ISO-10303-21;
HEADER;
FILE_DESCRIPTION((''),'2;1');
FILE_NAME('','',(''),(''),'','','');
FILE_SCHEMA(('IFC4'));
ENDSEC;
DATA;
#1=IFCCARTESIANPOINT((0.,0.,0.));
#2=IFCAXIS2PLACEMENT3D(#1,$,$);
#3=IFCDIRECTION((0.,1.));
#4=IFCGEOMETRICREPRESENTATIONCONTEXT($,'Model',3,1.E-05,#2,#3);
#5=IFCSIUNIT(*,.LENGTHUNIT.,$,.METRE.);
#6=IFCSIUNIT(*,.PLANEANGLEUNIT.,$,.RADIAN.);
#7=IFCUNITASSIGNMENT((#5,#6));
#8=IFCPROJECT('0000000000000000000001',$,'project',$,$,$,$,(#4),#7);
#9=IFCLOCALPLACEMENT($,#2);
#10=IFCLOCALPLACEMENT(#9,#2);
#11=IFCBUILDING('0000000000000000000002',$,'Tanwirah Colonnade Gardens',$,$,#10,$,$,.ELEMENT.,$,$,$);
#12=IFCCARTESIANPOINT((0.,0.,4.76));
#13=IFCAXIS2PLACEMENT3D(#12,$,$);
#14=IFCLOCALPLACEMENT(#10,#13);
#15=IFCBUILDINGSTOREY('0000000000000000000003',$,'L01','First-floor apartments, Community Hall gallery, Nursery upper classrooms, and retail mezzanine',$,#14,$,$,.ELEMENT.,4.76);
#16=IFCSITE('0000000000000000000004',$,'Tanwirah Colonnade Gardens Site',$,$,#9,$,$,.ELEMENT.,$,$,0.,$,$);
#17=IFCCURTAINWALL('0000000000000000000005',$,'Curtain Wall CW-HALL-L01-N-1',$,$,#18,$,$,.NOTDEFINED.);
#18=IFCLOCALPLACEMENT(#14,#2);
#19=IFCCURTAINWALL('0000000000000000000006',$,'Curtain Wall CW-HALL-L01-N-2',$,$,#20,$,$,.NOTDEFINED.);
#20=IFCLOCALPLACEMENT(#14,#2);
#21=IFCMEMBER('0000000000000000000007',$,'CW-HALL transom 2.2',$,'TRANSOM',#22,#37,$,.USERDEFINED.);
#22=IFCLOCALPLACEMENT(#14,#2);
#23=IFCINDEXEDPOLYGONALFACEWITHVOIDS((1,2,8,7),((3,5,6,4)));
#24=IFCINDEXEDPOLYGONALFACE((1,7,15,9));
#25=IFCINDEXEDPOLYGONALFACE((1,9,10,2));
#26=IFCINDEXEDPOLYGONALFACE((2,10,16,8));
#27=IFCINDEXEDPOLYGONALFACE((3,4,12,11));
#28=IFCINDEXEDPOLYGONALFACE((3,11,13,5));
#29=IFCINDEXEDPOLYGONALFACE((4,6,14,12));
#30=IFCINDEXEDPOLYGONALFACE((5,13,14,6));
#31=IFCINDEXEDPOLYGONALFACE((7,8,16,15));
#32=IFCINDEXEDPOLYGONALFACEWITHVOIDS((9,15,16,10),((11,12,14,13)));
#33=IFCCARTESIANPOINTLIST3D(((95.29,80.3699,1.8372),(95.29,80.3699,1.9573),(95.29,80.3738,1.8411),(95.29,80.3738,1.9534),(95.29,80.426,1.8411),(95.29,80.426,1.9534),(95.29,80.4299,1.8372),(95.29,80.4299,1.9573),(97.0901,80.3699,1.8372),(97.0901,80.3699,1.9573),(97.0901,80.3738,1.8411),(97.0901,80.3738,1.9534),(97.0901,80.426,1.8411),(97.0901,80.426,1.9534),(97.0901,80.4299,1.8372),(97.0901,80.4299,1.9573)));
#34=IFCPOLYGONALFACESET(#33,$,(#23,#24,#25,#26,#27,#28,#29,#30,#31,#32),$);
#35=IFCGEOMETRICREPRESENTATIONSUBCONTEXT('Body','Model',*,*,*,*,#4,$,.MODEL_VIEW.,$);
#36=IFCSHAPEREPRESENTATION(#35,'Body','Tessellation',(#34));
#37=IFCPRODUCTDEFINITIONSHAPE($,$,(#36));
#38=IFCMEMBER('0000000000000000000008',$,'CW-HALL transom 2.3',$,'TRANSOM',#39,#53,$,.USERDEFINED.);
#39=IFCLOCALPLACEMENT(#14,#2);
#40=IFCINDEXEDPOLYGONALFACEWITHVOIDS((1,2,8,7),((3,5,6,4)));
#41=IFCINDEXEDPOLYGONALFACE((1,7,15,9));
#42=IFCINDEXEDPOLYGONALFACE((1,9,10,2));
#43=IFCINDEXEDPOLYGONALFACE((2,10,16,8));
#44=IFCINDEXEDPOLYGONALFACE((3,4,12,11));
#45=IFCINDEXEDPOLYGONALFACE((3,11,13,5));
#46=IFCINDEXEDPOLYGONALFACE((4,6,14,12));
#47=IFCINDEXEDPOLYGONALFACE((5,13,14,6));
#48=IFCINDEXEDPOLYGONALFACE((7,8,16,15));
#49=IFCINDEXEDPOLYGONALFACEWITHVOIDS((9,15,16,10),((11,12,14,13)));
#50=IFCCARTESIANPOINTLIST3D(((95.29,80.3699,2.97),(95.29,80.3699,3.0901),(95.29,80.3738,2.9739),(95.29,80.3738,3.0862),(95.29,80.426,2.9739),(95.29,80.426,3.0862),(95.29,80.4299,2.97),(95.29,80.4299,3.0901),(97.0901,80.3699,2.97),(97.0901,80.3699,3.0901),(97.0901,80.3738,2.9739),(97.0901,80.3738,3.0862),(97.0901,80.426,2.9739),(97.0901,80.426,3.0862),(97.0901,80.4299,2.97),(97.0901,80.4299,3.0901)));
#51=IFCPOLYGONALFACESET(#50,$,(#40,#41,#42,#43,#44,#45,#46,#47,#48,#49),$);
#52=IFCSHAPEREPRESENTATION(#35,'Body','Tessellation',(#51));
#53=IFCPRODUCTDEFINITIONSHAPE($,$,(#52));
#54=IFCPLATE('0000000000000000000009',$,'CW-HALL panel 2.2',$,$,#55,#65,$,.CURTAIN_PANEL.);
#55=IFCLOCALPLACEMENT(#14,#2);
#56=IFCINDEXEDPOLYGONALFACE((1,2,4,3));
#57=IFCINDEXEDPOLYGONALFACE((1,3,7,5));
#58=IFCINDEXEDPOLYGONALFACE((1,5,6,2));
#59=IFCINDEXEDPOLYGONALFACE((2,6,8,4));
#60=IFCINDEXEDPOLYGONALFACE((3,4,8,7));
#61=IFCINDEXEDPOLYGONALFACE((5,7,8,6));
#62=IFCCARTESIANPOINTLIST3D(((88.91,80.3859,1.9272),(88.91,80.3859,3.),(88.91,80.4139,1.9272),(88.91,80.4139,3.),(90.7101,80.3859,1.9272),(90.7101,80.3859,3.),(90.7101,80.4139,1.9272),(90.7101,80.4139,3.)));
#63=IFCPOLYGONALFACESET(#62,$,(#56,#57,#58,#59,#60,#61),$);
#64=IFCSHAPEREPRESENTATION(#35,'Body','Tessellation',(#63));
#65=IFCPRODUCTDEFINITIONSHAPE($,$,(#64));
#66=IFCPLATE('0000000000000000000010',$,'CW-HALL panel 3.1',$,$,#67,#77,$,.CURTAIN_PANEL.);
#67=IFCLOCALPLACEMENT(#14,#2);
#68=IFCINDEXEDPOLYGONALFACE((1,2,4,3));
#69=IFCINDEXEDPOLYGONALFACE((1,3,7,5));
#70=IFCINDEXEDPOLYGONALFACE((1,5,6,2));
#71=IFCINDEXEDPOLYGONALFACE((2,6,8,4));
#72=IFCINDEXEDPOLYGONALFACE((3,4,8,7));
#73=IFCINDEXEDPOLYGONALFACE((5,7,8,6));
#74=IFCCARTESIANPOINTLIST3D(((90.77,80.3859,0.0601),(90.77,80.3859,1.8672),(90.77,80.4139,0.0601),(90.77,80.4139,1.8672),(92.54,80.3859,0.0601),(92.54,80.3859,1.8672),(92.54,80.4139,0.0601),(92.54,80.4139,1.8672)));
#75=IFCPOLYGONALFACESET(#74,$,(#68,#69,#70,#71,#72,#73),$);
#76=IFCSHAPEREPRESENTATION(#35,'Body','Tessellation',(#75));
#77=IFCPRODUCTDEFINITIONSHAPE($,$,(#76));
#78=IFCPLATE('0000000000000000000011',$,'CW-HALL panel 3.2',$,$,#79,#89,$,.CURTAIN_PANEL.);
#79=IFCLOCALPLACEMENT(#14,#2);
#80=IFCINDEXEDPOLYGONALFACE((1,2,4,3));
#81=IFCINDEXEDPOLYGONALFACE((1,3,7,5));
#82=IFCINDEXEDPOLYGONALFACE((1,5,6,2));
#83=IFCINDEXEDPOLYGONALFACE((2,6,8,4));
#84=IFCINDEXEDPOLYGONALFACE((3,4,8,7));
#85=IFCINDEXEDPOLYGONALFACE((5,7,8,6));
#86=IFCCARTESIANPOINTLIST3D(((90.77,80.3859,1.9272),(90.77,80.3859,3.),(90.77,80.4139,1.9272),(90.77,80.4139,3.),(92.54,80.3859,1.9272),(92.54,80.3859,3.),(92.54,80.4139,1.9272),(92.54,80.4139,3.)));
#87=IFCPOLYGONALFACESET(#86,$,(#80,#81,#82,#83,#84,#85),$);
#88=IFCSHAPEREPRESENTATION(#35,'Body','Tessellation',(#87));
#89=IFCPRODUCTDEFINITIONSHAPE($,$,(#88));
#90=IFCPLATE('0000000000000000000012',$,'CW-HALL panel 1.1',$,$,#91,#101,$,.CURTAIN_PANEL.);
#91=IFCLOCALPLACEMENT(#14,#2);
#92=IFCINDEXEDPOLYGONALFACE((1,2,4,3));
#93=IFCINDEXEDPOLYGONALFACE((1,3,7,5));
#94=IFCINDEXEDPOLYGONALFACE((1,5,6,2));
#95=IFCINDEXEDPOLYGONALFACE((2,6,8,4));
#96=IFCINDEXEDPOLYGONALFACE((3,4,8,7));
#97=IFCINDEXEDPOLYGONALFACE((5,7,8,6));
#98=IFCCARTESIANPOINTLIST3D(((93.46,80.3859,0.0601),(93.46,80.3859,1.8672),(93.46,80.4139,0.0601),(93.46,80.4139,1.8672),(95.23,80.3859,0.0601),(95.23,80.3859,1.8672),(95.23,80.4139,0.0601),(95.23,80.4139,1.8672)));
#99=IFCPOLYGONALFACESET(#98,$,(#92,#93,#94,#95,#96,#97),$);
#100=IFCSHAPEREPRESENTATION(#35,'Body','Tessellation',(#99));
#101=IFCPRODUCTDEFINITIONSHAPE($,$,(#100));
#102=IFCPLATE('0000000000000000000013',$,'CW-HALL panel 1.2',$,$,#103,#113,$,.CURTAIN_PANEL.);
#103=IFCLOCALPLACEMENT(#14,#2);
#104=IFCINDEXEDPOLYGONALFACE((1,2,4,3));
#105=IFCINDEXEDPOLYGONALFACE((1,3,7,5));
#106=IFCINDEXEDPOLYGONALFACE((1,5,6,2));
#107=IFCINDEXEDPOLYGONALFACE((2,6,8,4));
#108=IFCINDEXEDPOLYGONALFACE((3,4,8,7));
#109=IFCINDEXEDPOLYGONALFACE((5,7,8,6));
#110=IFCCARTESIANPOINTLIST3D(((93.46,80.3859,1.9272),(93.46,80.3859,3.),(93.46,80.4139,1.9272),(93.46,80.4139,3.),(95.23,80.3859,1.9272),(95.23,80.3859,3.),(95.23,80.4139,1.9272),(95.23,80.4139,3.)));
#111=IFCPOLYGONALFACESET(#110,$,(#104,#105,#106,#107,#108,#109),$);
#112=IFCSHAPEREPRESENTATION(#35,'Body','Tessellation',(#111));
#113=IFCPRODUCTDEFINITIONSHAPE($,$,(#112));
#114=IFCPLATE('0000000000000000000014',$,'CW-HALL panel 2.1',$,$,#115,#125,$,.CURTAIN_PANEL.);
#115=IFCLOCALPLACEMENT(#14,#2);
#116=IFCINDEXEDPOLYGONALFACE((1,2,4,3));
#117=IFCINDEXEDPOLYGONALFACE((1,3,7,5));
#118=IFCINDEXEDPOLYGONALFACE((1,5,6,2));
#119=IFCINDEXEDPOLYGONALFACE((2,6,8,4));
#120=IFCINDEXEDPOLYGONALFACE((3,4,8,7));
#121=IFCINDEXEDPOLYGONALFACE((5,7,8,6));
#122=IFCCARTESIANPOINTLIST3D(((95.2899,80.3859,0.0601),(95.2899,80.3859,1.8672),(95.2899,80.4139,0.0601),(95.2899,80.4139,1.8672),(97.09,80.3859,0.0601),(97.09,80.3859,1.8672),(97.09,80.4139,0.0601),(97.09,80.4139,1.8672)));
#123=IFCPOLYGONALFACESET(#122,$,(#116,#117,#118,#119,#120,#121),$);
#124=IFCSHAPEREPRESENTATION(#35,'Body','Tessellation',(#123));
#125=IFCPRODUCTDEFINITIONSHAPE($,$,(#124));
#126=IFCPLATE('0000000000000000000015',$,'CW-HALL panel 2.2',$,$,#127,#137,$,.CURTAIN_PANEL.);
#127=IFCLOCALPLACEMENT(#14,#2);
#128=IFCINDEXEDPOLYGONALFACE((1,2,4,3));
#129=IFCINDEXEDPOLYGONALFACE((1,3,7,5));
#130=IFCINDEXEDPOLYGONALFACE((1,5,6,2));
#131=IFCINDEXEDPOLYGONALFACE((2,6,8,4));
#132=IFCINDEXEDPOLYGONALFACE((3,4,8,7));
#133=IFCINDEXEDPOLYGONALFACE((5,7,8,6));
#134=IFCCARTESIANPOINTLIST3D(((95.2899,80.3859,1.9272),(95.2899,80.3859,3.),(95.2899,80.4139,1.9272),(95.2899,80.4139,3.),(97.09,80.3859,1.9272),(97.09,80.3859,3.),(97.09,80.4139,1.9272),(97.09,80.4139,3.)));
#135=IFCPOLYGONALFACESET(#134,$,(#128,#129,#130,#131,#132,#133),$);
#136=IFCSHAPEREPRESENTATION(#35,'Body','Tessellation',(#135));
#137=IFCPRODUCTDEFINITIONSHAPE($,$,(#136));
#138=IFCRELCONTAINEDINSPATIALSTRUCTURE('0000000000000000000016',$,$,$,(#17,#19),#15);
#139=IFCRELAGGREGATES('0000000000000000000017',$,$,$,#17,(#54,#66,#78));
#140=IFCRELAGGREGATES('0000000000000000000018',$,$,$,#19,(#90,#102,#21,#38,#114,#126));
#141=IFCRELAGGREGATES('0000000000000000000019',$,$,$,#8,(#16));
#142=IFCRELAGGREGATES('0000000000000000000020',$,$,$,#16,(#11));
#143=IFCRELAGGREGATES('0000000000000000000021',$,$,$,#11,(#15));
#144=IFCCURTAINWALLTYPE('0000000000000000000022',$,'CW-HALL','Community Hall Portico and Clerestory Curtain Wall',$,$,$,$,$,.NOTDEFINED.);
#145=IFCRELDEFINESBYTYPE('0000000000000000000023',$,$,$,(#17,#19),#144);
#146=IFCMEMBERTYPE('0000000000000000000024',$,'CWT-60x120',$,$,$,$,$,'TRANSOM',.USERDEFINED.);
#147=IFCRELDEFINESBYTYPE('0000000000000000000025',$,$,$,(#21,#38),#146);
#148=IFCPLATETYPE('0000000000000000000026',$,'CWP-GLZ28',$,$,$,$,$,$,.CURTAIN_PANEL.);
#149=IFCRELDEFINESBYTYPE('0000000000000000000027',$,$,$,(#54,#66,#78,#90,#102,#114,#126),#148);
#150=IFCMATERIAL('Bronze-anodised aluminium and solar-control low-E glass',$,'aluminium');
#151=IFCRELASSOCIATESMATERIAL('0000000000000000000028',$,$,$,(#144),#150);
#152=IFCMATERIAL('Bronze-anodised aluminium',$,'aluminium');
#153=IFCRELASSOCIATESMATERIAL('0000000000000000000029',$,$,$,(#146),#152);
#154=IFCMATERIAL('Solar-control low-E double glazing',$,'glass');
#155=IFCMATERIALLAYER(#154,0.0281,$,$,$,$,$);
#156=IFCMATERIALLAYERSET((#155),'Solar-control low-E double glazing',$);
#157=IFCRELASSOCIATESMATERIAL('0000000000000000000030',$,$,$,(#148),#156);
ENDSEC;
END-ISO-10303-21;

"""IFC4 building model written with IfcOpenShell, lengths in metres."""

from ifc_helpers import new_model, si_unit, direction, frame, origin, origin_2d, place, context, subcontext, project, spatial, rectangle, hollow_rectangle, extrude, material, layer, layer_set, material_profile, profile_set, type_object, element, aggregate, save


model = new_model("IFC4")

# Units and contexts
model_context = context("Model", 3, precision=1e-05, world=origin(), true_north=direction((0.0, 1.0)))
body_context = subcontext(model_context, "Body", "Model", "MODEL_VIEW")
ifc_project = project(units=[si_unit("LENGTHUNIT", "METRE"), si_unit("PLANEANGLEUNIT", "RADIAN")], contexts=[model_context])

# Site, building, storey
site_placement = place(None, origin())
site = spatial("IfcSite", under=ifc_project, at=site_placement, Name="Tanwirah Colonnade Gardens Site", CompositionType="ELEMENT", RefElevation=0.0)
building_placement = place(site_placement, origin())
building = spatial("IfcBuilding", under=site, at=building_placement, Name="Tanwirah Colonnade Gardens", CompositionType="ELEMENT")
storey_placement = place(building_placement, frame((0.0, 0.0, 4.76)))
storey = spatial("IfcBuildingStorey", under=building, at=storey_placement, Name="L01", Description="First-floor apartments, Community Hall gallery, Nursery upper classrooms, and retail mezzanine", CompositionType="ELEMENT", Elevation=4.76)

# Curtain walls
ifc_material_1 = material(Name="Bronze-anodised aluminium and solar-control low-E glass", Category="aluminium")
curtain_wall_type = type_object("IfcCurtainWallType", Name="CW-HALL", Description="Community Hall Portico and Clerestory Curtain Wall", PredefinedType="NOTDEFINED", material=ifc_material_1)
curtain_wall_1_placement = place(storey_placement, origin())
curtain_wall_1 = element("IfcCurtainWall", 1, at=curtain_wall_1_placement, inside=storey, type_object=curtain_wall_type, Name="Curtain Wall CW-HALL-L01-N-1", PredefinedType="NOTDEFINED")
ifc_material_2 = material(Name="Bronze-anodised aluminium", Category="aluminium")
curtain_wall_2_placement = place(storey_placement, origin())
curtain_wall_2 = element("IfcCurtainWall", 2, at=curtain_wall_2_placement, inside=storey, type_object=curtain_wall_type, Name="Curtain Wall CW-HALL-L01-N-2", PredefinedType="NOTDEFINED")

# Members
ifc_material_profile_1 = material_profile(ifc_material_2, hollow_rectangle(XDim=0.0601, YDim=0.1201, WallThickness=0.0039, at=origin_2d()), Name="CW-TRN 60x120x4")
ifc_profile_set_1 = profile_set([ifc_material_profile_1], Name="Bronze-anodised aluminium")
member_type_1 = type_object("IfcMemberType", Name="CWT-60x120", ElementType="TRANSOM", PredefinedType="USERDEFINED", material=ifc_profile_set_1)
member_1_placement = place(storey_placement, frame((95.29, 80.3999, 1.8972), z_axis=(1.0, 0.0, 0.0), x_axis=(0.0, 1.0, 0.0)))
member_1 = element("IfcMember", 3, at=member_1_placement, type_object=member_type_1, Name="CW-HALL transom 2.2", ObjectType="TRANSOM", PredefinedType="USERDEFINED", context=body_context, shape_type="SweptSolid", body=[
    extrude(hollow_rectangle(XDim=0.0601, YDim=0.1201, WallThickness=0.0039, at=origin_2d()), origin(), (0.0, 0.0, 1.0), 1.8),
])
member_2_placement = place(storey_placement, frame((95.29, 80.3999, 3.03), z_axis=(1.0, 0.0, 0.0), x_axis=(0.0, 1.0, 0.0)))
member_2 = element("IfcMember", 4, at=member_2_placement, type_object=member_type_1, Name="CW-HALL transom 2.3", ObjectType="TRANSOM", PredefinedType="USERDEFINED", context=body_context, shape_type="SweptSolid", body=[
    extrude(hollow_rectangle(XDim=0.0601, YDim=0.1201, WallThickness=0.0039, at=origin_2d()), origin(), (0.0, 0.0, 1.0), 1.8),
])

# Plates
ifc_material_3 = material(Name="Solar-control low-E double glazing", Category="glass")
ifc_layer = layer(ifc_material_3, 0.0281)
ifc_layer_set = layer_set([ifc_layer], Name="Solar-control low-E double glazing")
plate_type = type_object("IfcPlateType", Name="CWP-GLZ28", PredefinedType="CURTAIN_PANEL", material=ifc_layer_set)
plate_1_placement = place(storey_placement, frame((89.8101, 80.3999, 1.9272), z_axis=(0.0, 0.0, 1.0), x_axis=(1.0, 0.0, 0.0)))
plate_1 = element("IfcPlate", 5, at=plate_1_placement, type_object=plate_type, Name="CW-HALL panel 2.2", PredefinedType="CURTAIN_PANEL", context=body_context, shape_type="SweptSolid", body=[
    extrude(rectangle(XDim=1.8, YDim=0.0281, at=origin_2d()), origin(), (0.0, 0.0, 1.0), 1.0728),
])
plate_2_placement = place(storey_placement, frame((91.655, 80.3999, 0.0601), z_axis=(0.0, 0.0, 1.0), x_axis=(1.0, 0.0, 0.0)))
plate_2 = element("IfcPlate", 6, at=plate_2_placement, type_object=plate_type, Name="CW-HALL panel 3.1", PredefinedType="CURTAIN_PANEL", context=body_context, shape_type="SweptSolid", body=[
    extrude(rectangle(XDim=1.77, YDim=0.0281, at=origin_2d()), origin(), (0.0, 0.0, 1.0), 1.8071),
])
plate_3_placement = place(storey_placement, frame((91.655, 80.3999, 1.9272), z_axis=(0.0, 0.0, 1.0), x_axis=(1.0, 0.0, 0.0)))
plate_3 = element("IfcPlate", 7, at=plate_3_placement, type_object=plate_type, Name="CW-HALL panel 3.2", PredefinedType="CURTAIN_PANEL", context=body_context, shape_type="SweptSolid", body=[
    extrude(rectangle(XDim=1.77, YDim=0.0281, at=origin_2d()), origin(), (0.0, 0.0, 1.0), 1.0728),
])
aggregate(curtain_wall_1, [plate_1, plate_2, plate_3])
plate_4_placement = place(storey_placement, frame((94.345, 80.3999, 0.0601), z_axis=(0.0, 0.0, 1.0), x_axis=(1.0, 0.0, 0.0)))
plate_4 = element("IfcPlate", 8, at=plate_4_placement, type_object=plate_type, Name="CW-HALL panel 1.1", PredefinedType="CURTAIN_PANEL", context=body_context, shape_type="SweptSolid", body=[
    extrude(rectangle(XDim=1.77, YDim=0.0281, at=origin_2d()), origin(), (0.0, 0.0, 1.0), 1.8071),
])
plate_5_placement = place(storey_placement, frame((94.345, 80.3999, 1.9272), z_axis=(0.0, 0.0, 1.0), x_axis=(1.0, 0.0, 0.0)))
plate_5 = element("IfcPlate", 9, at=plate_5_placement, type_object=plate_type, Name="CW-HALL panel 1.2", PredefinedType="CURTAIN_PANEL", context=body_context, shape_type="SweptSolid", body=[
    extrude(rectangle(XDim=1.77, YDim=0.0281, at=origin_2d()), origin(), (0.0, 0.0, 1.0), 1.0728),
])
plate_6_placement = place(storey_placement, frame((96.1899, 80.3999, 0.0601), z_axis=(0.0, 0.0, 1.0), x_axis=(1.0, 0.0, 0.0)))
plate_6 = element("IfcPlate", 10, at=plate_6_placement, type_object=plate_type, Name="CW-HALL panel 2.1", PredefinedType="CURTAIN_PANEL", context=body_context, shape_type="SweptSolid", body=[
    extrude(rectangle(XDim=1.8, YDim=0.0281, at=origin_2d()), origin(), (0.0, 0.0, 1.0), 1.8071),
])
plate_7_placement = place(storey_placement, frame((96.1899, 80.3999, 1.9272), z_axis=(0.0, 0.0, 1.0), x_axis=(1.0, 0.0, 0.0)))
plate_7 = element("IfcPlate", 11, at=plate_7_placement, type_object=plate_type, Name="CW-HALL panel 2.2", PredefinedType="CURTAIN_PANEL", context=body_context, shape_type="SweptSolid", body=[
    extrude(rectangle(XDim=1.8, YDim=0.0281, at=origin_2d()), origin(), (0.0, 0.0, 1.0), 1.0728),
])
aggregate(curtain_wall_2, [plate_4, plate_5, member_1, member_2, plate_6, plate_7])

save(model, "model.ifc")
